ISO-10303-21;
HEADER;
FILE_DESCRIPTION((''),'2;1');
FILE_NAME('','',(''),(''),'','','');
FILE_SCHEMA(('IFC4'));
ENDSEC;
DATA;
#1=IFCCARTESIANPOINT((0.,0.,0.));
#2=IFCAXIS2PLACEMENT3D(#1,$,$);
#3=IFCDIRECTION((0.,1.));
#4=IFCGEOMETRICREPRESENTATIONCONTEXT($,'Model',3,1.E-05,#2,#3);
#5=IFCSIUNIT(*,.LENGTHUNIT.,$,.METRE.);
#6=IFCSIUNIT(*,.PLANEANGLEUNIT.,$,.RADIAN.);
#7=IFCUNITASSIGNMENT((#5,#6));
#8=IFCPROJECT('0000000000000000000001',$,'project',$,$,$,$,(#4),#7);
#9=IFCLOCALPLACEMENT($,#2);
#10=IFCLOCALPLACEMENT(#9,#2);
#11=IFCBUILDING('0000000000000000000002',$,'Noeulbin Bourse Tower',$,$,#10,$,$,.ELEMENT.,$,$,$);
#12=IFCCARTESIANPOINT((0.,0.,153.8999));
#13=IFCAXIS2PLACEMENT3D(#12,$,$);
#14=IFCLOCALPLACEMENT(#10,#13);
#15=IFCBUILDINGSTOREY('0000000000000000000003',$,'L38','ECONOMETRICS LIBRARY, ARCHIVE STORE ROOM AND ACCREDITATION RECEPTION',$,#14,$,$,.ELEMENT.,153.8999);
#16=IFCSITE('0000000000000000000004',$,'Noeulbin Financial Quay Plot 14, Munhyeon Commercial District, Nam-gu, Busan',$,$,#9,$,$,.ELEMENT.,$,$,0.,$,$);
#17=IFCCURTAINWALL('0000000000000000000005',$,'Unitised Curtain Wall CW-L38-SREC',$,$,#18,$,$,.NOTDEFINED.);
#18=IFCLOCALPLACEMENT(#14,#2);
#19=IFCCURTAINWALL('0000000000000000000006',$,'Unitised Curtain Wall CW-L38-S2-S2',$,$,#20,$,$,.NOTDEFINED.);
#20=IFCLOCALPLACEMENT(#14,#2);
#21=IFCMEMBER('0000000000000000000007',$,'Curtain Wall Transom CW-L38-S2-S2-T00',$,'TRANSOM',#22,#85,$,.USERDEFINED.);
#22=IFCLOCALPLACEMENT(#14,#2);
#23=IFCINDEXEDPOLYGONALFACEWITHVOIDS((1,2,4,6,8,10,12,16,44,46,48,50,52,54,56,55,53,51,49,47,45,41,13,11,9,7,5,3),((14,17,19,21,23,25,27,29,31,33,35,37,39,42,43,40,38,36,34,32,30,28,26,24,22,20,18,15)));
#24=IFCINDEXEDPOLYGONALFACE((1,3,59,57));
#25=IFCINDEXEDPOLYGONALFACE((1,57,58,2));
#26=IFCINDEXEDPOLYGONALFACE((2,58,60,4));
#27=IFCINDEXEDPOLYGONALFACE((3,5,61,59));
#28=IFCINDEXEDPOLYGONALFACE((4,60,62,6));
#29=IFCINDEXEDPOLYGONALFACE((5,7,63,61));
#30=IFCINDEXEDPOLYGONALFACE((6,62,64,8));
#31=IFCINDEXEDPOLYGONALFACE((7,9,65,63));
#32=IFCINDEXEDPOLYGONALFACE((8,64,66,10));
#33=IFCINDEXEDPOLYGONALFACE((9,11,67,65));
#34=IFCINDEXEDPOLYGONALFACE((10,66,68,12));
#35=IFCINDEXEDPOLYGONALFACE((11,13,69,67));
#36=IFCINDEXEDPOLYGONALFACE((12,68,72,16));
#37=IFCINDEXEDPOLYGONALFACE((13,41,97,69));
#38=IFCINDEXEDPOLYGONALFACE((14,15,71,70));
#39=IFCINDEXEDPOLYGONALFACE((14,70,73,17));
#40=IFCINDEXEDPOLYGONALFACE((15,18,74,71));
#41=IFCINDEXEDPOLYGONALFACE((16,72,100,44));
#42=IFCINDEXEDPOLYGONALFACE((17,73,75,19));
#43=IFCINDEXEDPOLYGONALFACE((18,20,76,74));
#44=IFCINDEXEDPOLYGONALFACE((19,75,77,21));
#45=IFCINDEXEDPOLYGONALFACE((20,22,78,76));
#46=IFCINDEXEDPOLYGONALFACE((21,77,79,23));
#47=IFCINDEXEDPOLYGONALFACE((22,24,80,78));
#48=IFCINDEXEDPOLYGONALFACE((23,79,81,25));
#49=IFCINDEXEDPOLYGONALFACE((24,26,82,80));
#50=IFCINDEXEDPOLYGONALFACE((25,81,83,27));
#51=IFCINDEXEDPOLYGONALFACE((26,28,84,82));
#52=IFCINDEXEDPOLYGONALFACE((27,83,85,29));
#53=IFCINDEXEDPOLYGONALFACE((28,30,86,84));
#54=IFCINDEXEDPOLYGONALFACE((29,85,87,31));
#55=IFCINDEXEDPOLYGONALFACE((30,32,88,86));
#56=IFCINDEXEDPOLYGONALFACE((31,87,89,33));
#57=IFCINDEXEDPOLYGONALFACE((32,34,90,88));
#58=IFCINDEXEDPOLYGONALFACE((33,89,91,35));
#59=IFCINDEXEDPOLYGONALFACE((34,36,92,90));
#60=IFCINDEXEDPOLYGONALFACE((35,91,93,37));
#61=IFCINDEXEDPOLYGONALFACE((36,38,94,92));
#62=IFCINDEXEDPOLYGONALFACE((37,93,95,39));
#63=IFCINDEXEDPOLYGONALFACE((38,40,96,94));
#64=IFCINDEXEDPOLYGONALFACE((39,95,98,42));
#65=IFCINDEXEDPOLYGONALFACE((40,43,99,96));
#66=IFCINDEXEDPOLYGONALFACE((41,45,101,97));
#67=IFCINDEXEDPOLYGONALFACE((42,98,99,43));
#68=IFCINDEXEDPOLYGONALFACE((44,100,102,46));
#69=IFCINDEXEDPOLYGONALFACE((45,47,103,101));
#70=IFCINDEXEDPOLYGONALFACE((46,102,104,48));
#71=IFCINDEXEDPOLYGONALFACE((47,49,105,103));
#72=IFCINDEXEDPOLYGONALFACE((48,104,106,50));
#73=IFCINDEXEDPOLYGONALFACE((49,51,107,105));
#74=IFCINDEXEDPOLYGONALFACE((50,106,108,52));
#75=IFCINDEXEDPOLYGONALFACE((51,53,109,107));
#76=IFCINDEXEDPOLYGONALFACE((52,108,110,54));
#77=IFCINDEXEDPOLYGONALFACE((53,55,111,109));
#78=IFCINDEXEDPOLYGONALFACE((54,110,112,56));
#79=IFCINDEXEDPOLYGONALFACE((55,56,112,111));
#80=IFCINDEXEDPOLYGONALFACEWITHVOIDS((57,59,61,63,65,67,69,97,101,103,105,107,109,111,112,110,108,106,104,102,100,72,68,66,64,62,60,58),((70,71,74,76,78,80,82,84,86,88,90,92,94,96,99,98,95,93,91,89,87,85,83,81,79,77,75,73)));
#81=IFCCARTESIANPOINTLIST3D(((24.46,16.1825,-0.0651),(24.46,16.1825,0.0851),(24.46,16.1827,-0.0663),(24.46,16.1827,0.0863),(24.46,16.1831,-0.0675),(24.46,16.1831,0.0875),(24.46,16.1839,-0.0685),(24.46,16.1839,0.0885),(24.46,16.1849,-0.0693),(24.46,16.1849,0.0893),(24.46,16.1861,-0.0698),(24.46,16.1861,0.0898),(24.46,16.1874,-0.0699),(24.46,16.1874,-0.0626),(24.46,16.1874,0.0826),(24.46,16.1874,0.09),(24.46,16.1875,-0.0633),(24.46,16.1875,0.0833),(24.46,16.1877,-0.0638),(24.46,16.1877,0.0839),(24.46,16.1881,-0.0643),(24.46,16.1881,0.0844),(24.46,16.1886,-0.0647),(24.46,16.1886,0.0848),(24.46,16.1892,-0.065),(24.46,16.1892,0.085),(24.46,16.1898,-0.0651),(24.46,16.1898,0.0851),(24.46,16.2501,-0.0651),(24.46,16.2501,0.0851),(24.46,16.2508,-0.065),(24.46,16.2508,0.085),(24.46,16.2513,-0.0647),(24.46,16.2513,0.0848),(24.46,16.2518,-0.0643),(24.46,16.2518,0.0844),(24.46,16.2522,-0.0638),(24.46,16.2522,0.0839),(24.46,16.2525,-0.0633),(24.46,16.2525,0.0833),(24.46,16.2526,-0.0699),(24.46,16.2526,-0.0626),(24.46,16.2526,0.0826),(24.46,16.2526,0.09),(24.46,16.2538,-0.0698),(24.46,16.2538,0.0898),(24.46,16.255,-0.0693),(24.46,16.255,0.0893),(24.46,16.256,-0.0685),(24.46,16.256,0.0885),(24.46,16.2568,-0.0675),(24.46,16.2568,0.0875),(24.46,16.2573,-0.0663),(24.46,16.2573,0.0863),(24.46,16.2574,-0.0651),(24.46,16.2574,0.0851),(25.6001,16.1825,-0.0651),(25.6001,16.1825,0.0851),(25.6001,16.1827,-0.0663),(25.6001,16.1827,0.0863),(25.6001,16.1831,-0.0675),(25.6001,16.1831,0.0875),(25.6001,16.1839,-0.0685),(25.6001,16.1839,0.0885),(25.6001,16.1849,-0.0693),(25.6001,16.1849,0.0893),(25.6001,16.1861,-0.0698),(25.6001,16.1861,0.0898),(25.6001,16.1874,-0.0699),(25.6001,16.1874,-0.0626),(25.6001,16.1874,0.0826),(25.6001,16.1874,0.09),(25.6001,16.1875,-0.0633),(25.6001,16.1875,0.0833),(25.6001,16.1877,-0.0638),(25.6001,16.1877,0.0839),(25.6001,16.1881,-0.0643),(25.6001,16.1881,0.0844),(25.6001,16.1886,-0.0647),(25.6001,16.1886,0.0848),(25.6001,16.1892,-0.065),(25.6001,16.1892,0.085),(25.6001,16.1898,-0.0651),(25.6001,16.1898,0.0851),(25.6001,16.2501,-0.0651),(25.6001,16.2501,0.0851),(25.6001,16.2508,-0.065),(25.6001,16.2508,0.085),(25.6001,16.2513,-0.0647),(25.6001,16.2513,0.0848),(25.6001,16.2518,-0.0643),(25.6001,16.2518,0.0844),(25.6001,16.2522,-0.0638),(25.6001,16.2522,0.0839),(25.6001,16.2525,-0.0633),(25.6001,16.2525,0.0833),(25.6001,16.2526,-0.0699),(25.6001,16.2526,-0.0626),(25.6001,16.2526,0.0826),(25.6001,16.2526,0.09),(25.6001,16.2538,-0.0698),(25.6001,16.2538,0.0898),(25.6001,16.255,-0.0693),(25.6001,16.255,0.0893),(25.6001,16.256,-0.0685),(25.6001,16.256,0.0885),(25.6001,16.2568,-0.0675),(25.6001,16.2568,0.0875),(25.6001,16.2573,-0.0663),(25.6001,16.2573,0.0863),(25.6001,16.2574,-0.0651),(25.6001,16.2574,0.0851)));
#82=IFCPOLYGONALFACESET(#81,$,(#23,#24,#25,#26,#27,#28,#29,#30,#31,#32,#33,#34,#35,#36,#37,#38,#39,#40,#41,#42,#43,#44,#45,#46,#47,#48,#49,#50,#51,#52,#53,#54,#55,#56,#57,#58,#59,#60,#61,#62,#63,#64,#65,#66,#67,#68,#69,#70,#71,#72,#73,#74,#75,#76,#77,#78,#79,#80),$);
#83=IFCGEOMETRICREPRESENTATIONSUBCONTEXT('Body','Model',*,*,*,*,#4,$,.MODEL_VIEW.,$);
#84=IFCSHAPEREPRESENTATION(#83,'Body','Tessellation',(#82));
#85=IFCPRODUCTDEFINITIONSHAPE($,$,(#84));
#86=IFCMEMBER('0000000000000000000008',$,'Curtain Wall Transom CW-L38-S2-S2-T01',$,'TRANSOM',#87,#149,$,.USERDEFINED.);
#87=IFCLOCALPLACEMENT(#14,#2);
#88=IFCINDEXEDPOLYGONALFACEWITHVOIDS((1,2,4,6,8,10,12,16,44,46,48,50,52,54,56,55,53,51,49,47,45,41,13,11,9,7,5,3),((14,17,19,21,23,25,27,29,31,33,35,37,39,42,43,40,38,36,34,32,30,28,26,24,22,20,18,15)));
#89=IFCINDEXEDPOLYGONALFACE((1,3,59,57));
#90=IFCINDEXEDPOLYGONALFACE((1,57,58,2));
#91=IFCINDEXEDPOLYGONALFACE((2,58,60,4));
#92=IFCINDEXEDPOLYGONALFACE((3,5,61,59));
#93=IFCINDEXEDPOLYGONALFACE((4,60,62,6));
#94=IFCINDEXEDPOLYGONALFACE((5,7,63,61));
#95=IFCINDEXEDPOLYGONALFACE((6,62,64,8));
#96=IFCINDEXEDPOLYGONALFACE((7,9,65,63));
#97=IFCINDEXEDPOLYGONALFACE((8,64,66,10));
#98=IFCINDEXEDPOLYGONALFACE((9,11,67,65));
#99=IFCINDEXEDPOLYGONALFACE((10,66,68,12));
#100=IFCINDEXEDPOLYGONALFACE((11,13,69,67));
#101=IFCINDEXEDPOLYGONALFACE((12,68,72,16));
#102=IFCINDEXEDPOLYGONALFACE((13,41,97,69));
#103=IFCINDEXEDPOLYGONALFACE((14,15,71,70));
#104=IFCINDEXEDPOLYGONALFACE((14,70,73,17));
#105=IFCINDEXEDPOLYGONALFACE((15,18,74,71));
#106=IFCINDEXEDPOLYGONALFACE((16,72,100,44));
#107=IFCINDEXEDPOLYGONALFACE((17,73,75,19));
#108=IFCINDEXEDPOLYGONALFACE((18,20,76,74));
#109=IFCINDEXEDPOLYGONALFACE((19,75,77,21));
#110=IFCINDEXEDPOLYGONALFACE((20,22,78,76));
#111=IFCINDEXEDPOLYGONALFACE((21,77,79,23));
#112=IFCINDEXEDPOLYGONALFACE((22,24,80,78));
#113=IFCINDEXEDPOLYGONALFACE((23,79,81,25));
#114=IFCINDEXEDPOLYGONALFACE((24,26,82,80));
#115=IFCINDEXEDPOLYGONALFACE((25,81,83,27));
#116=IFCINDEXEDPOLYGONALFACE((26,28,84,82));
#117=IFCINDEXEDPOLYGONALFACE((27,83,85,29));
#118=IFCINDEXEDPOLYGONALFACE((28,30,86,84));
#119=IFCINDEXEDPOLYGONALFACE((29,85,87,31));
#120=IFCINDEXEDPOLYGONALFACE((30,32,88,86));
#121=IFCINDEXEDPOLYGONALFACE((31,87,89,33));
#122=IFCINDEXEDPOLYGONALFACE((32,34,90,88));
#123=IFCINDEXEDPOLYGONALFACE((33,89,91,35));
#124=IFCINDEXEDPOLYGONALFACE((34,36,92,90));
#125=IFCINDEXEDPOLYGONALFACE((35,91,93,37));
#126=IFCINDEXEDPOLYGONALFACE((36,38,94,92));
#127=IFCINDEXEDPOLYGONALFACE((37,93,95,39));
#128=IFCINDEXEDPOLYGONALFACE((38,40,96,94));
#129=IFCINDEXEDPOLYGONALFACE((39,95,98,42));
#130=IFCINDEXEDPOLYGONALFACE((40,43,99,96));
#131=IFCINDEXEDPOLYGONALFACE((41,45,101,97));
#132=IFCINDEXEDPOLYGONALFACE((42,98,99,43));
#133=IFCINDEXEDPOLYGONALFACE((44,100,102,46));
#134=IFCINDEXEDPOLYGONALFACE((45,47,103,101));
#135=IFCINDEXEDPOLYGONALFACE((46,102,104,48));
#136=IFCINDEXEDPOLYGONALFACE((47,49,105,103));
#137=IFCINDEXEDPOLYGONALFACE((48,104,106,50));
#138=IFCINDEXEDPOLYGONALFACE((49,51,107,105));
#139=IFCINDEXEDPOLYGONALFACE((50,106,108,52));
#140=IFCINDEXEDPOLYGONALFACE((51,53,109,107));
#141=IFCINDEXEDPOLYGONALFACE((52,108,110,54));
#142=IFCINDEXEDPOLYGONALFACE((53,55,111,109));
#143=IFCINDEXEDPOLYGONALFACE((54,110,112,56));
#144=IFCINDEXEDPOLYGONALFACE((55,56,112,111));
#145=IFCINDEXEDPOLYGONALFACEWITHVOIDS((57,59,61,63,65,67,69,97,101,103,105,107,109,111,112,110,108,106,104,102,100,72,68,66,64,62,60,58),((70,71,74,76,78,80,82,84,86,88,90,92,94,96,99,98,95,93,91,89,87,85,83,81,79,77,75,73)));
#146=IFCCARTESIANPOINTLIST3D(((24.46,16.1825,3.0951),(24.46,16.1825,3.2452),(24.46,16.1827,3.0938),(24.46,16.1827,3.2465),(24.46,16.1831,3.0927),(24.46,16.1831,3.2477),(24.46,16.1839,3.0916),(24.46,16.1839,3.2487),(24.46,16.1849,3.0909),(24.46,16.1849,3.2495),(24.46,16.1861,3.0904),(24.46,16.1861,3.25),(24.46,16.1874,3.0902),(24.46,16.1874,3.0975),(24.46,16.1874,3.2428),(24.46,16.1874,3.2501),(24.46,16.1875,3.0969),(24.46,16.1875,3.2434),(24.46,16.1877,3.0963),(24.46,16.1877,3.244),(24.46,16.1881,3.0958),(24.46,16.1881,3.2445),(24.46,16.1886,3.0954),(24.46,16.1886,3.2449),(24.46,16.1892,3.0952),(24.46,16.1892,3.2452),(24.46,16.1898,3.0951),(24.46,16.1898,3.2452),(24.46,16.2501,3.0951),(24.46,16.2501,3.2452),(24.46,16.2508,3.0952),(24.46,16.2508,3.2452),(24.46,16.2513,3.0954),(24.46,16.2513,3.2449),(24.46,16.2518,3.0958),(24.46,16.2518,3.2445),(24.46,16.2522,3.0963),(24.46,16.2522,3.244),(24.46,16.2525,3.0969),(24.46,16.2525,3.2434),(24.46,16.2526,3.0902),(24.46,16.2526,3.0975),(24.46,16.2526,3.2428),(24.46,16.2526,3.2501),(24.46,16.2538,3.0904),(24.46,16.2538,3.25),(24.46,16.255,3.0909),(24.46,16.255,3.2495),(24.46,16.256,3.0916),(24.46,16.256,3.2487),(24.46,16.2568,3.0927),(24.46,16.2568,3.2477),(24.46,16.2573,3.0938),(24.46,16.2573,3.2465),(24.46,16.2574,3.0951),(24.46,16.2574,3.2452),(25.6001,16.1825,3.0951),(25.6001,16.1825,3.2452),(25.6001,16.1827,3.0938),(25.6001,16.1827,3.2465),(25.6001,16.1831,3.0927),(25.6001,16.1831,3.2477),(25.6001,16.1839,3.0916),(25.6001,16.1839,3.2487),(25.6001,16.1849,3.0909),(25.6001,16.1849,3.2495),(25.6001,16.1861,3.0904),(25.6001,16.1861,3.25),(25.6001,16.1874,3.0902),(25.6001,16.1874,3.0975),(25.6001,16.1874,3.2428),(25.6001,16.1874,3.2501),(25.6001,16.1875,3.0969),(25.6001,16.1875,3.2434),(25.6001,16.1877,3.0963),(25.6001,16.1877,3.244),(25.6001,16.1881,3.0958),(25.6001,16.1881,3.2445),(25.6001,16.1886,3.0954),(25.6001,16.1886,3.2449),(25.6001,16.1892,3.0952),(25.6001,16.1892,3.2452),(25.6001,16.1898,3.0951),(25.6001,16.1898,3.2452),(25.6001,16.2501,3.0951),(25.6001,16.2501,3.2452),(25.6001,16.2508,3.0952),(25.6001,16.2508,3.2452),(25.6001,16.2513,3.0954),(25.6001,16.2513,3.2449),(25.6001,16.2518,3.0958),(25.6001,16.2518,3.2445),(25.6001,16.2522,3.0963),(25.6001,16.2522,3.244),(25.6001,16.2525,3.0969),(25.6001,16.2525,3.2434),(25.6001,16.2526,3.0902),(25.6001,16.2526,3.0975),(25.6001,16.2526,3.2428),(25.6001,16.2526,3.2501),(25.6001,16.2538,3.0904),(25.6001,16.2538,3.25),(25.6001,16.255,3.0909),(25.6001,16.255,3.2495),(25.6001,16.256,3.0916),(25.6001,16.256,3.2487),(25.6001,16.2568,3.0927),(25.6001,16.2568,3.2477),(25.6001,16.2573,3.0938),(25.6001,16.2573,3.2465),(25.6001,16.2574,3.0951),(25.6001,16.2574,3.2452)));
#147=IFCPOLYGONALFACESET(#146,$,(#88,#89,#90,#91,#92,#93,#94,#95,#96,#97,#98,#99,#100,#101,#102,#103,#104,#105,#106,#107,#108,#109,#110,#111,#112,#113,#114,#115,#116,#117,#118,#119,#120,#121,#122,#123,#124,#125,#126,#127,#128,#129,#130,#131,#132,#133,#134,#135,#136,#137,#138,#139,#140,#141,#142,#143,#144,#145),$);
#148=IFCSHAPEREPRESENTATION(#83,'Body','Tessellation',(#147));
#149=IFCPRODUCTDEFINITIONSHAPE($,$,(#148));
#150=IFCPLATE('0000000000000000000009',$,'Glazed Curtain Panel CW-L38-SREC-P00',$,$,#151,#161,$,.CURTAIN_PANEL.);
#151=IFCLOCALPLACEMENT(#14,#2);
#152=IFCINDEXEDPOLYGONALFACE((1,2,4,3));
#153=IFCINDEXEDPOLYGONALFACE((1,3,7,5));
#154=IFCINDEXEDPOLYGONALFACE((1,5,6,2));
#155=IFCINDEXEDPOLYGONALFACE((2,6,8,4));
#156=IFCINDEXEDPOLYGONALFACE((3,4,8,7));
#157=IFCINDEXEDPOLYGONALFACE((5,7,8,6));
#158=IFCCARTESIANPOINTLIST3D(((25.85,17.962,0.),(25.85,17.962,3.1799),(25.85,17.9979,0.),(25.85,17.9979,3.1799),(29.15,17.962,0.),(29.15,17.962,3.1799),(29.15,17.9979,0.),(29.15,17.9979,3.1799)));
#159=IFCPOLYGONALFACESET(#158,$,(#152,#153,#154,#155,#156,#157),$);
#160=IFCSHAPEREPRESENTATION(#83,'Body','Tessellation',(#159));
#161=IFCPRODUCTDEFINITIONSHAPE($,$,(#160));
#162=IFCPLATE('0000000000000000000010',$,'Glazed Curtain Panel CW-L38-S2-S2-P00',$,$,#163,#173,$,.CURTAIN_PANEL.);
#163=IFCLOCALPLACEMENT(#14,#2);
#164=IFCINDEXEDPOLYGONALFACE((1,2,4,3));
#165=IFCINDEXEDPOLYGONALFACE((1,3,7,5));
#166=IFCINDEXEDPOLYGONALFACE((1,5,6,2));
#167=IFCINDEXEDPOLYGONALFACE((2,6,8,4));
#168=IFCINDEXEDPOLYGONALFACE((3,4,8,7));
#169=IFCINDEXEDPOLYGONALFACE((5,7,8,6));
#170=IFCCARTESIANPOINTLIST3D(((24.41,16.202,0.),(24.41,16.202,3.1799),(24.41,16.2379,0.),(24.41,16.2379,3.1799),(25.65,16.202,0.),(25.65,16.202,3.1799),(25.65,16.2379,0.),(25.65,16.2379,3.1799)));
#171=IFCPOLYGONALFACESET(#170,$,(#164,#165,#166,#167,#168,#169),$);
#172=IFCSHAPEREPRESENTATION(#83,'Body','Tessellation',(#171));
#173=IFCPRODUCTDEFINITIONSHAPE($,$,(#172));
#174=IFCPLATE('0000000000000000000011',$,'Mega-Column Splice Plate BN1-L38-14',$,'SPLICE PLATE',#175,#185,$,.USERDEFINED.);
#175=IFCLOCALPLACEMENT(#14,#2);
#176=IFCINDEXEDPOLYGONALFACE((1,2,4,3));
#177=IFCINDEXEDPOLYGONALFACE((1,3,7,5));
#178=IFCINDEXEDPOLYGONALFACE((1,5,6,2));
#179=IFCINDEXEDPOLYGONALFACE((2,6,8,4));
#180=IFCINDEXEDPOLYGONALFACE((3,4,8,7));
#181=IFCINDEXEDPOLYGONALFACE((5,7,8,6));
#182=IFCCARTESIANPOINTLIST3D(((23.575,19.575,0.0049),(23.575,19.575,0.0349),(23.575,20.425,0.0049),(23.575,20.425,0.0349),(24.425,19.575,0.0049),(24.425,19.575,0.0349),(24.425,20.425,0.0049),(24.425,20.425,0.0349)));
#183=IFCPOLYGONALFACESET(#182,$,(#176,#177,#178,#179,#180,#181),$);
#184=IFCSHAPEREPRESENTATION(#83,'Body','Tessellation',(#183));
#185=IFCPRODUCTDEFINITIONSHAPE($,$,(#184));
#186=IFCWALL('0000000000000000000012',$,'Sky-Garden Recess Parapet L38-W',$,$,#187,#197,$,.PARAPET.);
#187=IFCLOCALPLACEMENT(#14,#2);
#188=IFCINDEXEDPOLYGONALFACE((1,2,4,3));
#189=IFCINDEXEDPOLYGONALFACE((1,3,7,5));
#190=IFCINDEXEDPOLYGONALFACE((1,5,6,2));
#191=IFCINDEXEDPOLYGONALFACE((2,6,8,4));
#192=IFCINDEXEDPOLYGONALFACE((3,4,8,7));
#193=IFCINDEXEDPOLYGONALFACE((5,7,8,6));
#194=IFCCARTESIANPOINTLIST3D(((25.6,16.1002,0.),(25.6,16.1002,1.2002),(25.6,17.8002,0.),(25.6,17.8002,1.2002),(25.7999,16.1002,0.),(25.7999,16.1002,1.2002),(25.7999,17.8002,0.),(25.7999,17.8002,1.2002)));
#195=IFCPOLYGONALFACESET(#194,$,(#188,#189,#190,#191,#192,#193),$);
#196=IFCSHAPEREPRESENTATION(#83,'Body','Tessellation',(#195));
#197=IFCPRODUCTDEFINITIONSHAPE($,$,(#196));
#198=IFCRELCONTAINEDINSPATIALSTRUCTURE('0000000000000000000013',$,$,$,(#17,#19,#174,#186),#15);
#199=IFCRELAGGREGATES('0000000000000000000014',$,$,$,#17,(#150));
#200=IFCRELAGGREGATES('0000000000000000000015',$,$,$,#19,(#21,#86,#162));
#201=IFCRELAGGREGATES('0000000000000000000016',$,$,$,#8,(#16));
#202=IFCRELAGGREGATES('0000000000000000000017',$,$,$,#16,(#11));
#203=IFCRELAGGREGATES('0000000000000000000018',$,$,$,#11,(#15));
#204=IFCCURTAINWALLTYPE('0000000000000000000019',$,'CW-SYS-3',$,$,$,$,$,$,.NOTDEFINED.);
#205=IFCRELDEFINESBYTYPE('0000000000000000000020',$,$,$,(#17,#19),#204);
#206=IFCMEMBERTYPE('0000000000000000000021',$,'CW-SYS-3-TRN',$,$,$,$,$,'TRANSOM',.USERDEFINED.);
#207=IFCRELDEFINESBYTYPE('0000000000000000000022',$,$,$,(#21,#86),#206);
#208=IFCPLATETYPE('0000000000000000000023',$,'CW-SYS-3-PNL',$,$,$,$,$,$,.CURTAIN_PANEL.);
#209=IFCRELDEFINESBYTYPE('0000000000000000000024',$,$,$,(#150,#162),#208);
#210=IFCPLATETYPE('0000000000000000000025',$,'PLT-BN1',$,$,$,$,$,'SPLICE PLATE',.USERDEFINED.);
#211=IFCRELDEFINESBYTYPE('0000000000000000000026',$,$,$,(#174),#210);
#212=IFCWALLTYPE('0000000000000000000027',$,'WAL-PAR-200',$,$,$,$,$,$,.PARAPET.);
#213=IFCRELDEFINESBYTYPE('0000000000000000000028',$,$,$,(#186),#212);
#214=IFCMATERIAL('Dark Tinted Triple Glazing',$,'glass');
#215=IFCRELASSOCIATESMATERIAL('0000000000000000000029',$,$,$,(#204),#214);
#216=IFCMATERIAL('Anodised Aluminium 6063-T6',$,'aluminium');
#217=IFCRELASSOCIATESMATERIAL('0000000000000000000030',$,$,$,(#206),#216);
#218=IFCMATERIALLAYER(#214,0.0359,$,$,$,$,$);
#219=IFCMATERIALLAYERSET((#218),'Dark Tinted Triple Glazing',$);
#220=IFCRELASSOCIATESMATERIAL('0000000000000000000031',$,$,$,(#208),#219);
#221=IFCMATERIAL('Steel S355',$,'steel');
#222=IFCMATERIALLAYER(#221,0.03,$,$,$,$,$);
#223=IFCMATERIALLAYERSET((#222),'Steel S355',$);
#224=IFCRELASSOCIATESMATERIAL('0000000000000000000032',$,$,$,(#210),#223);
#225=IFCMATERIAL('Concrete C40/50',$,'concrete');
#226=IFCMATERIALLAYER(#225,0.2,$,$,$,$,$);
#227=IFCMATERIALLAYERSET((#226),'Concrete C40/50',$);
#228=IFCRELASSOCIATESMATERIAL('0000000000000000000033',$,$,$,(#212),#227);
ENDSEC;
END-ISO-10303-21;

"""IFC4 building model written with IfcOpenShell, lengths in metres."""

from ifc_helpers import new_model, si_unit, direction, frame, frame_2d, origin, origin_2d, place, context, subcontext, project, spatial, rectangle, hollow_rectangle, extrude, material, layer, layer_set, material_profile, profile_set, type_object, element, aggregate, save


model = new_model("IFC4")

# Units and contexts
model_context = context("Model", 3, precision=1e-05, world=origin(), true_north=direction((0.0, 1.0)))
body_context = subcontext(model_context, "Body", "Model", "MODEL_VIEW")
ifc_project = project(units=[si_unit("LENGTHUNIT", "METRE"), si_unit("PLANEANGLEUNIT", "RADIAN")], contexts=[model_context])

# Site, building, storey
site_placement = place(None, origin())
site = spatial("IfcSite", under=ifc_project, at=site_placement, Name="Noeulbin Financial Quay Plot 14, Munhyeon Commercial District, Nam-gu, Busan", CompositionType="ELEMENT", RefElevation=0.0)
building_placement = place(site_placement, origin())
building = spatial("IfcBuilding", under=site, at=building_placement, Name="Noeulbin Bourse Tower", CompositionType="ELEMENT")
storey_placement = place(building_placement, frame((0.0, 0.0, 153.8999)))
storey = spatial("IfcBuildingStorey", under=building, at=storey_placement, Name="L38", Description="ECONOMETRICS LIBRARY, ARCHIVE STORE ROOM AND ACCREDITATION RECEPTION", CompositionType="ELEMENT", Elevation=153.8999)

# Shared definitions
ifc_material_1 = material(Name="Steel S355", Category="steel")

# Curtain wall
ifc_material_2 = material(Name="Dark Tinted Triple Glazing", Category="glass")
curtain_wall_type = type_object("IfcCurtainWallType", Name="CW-SYS-3", PredefinedType="NOTDEFINED", material=ifc_material_2)
curtain_wall_1_placement = place(storey_placement, origin())
curtain_wall_1 = element("IfcCurtainWall", 1, at=curtain_wall_1_placement, inside=storey, type_object=curtain_wall_type, Name="Unitised Curtain Wall CW-L38-SREC", PredefinedType="NOTDEFINED")
ifc_material_3 = material(Name="Anodised Aluminium 6063-T6", Category="aluminium")

# Curtain wall
curtain_wall_2_placement = place(storey_placement, origin())
curtain_wall_2 = element("IfcCurtainWall", 2, at=curtain_wall_2_placement, inside=storey, type_object=curtain_wall_type, Name="Unitised Curtain Wall CW-L38-S2-S2", PredefinedType="NOTDEFINED")

# Members
ifc_material_profile_1 = material_profile(ifc_material_3, hollow_rectangle(XDim=0.075, YDim=0.1599, WallThickness=0.0049, InnerFilletRadius=0.0024, OuterFilletRadius=0.0049, at=origin_2d()), Name="ALU-TRAN-75x160x5", Category="LoadBearing")
ifc_profile_set_1 = profile_set([ifc_material_profile_1], Name="Anodised Aluminium 6063-T6")
member_type_1 = type_object("IfcMemberType", Name="CW-SYS-3-TRN", ElementType="TRANSOM", PredefinedType="USERDEFINED", material=ifc_profile_set_1)
member_1_placement = place(storey_placement, frame((24.46, 16.22, 0.01), z_axis=(1.0, 0.0, 0.0), x_axis=(0.0, 1.0, 0.0)))
member_1 = element("IfcMember", 3, at=member_1_placement, type_object=member_type_1, Name="Curtain Wall Transom CW-L38-S2-S2-T00", ObjectType="TRANSOM", PredefinedType="USERDEFINED", context=body_context, shape_type="SweptSolid", body=[
    extrude(hollow_rectangle(XDim=0.075, YDim=0.1599, WallThickness=0.0049, InnerFilletRadius=0.0024, OuterFilletRadius=0.0049, at=origin_2d()), origin(), (0.0, 0.0, 1.0), 1.1401),
])
member_2_placement = place(storey_placement, frame((24.46, 16.22, 3.1702), z_axis=(1.0, 0.0, 0.0), x_axis=(0.0, 1.0, 0.0)))
member_2 = element("IfcMember", 4, at=member_2_placement, type_object=member_type_1, Name="Curtain Wall Transom CW-L38-S2-S2-T01", ObjectType="TRANSOM", PredefinedType="USERDEFINED", context=body_context, shape_type="SweptSolid", body=[
    extrude(hollow_rectangle(XDim=0.075, YDim=0.1599, WallThickness=0.0049, InnerFilletRadius=0.0024, OuterFilletRadius=0.0049, at=origin_2d()), origin(), (0.0, 0.0, 1.0), 1.1401),
])

# Plates
ifc_layer_1 = layer(ifc_material_2, 0.0359)
ifc_layer_set_1 = layer_set([ifc_layer_1], Name="Dark Tinted Triple Glazing")
plate_type_1 = type_object("IfcPlateType", Name="CW-SYS-3-PNL", PredefinedType="CURTAIN_PANEL", material=ifc_layer_set_1)
plate_1_placement = place(storey_placement, frame((27.5, 17.98, 0.0), z_axis=(0.0, 0.0, 1.0), x_axis=(1.0, 0.0, 0.0)))
plate_1 = element("IfcPlate", 5, at=plate_1_placement, type_object=plate_type_1, Name="Glazed Curtain Panel CW-L38-SREC-P00", PredefinedType="CURTAIN_PANEL", context=body_context, shape_type="SweptSolid", body=[
    extrude(rectangle(XDim=3.3, YDim=0.0359, at=origin_2d()), origin(), (0.0, 0.0, 1.0), 3.1799),
])
aggregate(curtain_wall_1, [plate_1])
plate_2_placement = place(storey_placement, frame((25.03, 16.22, 0.0), z_axis=(0.0, 0.0, 1.0), x_axis=(1.0, 0.0, 0.0)))
plate_2 = element("IfcPlate", 6, at=plate_2_placement, type_object=plate_type_1, Name="Glazed Curtain Panel CW-L38-S2-S2-P00", PredefinedType="CURTAIN_PANEL", context=body_context, shape_type="SweptSolid", body=[
    extrude(rectangle(XDim=1.24, YDim=0.0359, at=origin_2d()), origin(), (0.0, 0.0, 1.0), 3.1799),
])
aggregate(curtain_wall_2, [member_1, member_2, plate_2])
ifc_layer_2 = layer(ifc_material_1, 0.03)
ifc_layer_set_2 = layer_set([ifc_layer_2], Name="Steel S355")
plate_type_2 = type_object("IfcPlateType", Name="PLT-BN1", ElementType="SPLICE PLATE", PredefinedType="USERDEFINED", material=ifc_layer_set_2)
plate_3_placement = place(storey_placement, frame((24.0, 20.0, 0.0049), z_axis=(0.0, 0.0, 1.0), x_axis=(1.0, 0.0, 0.0)))
element("IfcPlate", 7, at=plate_3_placement, inside=storey, type_object=plate_type_2, Name="Mega-Column Splice Plate BN1-L38-14", ObjectType="SPLICE PLATE", PredefinedType="USERDEFINED", context=body_context, shape_type="SweptSolid", body=[
    extrude(rectangle(XDim=0.8501, YDim=0.8501, at=origin_2d()), origin(), (0.0, 0.0, 1.0), 0.03),
])

# Wall
ifc_material_4 = material(Name="Concrete C40/50", Category="concrete")
ifc_layer_3 = layer(ifc_material_4, 0.2)
ifc_layer_set_3 = layer_set([ifc_layer_3], Name="Concrete C40/50")
wall_type_1 = type_object("IfcWallType", Name="WAL-PAR-200", PredefinedType="PARAPET", material=ifc_layer_set_3)
wall_1_placement = place(storey_placement, frame((25.7, 16.1001, 0.0), z_axis=(0.0, 0.0, 1.0), x_axis=(0.0, 1.0, 0.0)))
element("IfcWall", 8, at=wall_1_placement, inside=storey, type_object=wall_type_1, Name="Sky-Garden Recess Parapet L38-W", PredefinedType="PARAPET", context=body_context, shape_type="SweptSolid", body=[
    extrude(rectangle(XDim=1.7, YDim=0.2, at=frame_2d((0.8501, 0.0))), origin(), (0.0, 0.0, 1.0), 1.2002),
])

save(model, "model.ifc")
